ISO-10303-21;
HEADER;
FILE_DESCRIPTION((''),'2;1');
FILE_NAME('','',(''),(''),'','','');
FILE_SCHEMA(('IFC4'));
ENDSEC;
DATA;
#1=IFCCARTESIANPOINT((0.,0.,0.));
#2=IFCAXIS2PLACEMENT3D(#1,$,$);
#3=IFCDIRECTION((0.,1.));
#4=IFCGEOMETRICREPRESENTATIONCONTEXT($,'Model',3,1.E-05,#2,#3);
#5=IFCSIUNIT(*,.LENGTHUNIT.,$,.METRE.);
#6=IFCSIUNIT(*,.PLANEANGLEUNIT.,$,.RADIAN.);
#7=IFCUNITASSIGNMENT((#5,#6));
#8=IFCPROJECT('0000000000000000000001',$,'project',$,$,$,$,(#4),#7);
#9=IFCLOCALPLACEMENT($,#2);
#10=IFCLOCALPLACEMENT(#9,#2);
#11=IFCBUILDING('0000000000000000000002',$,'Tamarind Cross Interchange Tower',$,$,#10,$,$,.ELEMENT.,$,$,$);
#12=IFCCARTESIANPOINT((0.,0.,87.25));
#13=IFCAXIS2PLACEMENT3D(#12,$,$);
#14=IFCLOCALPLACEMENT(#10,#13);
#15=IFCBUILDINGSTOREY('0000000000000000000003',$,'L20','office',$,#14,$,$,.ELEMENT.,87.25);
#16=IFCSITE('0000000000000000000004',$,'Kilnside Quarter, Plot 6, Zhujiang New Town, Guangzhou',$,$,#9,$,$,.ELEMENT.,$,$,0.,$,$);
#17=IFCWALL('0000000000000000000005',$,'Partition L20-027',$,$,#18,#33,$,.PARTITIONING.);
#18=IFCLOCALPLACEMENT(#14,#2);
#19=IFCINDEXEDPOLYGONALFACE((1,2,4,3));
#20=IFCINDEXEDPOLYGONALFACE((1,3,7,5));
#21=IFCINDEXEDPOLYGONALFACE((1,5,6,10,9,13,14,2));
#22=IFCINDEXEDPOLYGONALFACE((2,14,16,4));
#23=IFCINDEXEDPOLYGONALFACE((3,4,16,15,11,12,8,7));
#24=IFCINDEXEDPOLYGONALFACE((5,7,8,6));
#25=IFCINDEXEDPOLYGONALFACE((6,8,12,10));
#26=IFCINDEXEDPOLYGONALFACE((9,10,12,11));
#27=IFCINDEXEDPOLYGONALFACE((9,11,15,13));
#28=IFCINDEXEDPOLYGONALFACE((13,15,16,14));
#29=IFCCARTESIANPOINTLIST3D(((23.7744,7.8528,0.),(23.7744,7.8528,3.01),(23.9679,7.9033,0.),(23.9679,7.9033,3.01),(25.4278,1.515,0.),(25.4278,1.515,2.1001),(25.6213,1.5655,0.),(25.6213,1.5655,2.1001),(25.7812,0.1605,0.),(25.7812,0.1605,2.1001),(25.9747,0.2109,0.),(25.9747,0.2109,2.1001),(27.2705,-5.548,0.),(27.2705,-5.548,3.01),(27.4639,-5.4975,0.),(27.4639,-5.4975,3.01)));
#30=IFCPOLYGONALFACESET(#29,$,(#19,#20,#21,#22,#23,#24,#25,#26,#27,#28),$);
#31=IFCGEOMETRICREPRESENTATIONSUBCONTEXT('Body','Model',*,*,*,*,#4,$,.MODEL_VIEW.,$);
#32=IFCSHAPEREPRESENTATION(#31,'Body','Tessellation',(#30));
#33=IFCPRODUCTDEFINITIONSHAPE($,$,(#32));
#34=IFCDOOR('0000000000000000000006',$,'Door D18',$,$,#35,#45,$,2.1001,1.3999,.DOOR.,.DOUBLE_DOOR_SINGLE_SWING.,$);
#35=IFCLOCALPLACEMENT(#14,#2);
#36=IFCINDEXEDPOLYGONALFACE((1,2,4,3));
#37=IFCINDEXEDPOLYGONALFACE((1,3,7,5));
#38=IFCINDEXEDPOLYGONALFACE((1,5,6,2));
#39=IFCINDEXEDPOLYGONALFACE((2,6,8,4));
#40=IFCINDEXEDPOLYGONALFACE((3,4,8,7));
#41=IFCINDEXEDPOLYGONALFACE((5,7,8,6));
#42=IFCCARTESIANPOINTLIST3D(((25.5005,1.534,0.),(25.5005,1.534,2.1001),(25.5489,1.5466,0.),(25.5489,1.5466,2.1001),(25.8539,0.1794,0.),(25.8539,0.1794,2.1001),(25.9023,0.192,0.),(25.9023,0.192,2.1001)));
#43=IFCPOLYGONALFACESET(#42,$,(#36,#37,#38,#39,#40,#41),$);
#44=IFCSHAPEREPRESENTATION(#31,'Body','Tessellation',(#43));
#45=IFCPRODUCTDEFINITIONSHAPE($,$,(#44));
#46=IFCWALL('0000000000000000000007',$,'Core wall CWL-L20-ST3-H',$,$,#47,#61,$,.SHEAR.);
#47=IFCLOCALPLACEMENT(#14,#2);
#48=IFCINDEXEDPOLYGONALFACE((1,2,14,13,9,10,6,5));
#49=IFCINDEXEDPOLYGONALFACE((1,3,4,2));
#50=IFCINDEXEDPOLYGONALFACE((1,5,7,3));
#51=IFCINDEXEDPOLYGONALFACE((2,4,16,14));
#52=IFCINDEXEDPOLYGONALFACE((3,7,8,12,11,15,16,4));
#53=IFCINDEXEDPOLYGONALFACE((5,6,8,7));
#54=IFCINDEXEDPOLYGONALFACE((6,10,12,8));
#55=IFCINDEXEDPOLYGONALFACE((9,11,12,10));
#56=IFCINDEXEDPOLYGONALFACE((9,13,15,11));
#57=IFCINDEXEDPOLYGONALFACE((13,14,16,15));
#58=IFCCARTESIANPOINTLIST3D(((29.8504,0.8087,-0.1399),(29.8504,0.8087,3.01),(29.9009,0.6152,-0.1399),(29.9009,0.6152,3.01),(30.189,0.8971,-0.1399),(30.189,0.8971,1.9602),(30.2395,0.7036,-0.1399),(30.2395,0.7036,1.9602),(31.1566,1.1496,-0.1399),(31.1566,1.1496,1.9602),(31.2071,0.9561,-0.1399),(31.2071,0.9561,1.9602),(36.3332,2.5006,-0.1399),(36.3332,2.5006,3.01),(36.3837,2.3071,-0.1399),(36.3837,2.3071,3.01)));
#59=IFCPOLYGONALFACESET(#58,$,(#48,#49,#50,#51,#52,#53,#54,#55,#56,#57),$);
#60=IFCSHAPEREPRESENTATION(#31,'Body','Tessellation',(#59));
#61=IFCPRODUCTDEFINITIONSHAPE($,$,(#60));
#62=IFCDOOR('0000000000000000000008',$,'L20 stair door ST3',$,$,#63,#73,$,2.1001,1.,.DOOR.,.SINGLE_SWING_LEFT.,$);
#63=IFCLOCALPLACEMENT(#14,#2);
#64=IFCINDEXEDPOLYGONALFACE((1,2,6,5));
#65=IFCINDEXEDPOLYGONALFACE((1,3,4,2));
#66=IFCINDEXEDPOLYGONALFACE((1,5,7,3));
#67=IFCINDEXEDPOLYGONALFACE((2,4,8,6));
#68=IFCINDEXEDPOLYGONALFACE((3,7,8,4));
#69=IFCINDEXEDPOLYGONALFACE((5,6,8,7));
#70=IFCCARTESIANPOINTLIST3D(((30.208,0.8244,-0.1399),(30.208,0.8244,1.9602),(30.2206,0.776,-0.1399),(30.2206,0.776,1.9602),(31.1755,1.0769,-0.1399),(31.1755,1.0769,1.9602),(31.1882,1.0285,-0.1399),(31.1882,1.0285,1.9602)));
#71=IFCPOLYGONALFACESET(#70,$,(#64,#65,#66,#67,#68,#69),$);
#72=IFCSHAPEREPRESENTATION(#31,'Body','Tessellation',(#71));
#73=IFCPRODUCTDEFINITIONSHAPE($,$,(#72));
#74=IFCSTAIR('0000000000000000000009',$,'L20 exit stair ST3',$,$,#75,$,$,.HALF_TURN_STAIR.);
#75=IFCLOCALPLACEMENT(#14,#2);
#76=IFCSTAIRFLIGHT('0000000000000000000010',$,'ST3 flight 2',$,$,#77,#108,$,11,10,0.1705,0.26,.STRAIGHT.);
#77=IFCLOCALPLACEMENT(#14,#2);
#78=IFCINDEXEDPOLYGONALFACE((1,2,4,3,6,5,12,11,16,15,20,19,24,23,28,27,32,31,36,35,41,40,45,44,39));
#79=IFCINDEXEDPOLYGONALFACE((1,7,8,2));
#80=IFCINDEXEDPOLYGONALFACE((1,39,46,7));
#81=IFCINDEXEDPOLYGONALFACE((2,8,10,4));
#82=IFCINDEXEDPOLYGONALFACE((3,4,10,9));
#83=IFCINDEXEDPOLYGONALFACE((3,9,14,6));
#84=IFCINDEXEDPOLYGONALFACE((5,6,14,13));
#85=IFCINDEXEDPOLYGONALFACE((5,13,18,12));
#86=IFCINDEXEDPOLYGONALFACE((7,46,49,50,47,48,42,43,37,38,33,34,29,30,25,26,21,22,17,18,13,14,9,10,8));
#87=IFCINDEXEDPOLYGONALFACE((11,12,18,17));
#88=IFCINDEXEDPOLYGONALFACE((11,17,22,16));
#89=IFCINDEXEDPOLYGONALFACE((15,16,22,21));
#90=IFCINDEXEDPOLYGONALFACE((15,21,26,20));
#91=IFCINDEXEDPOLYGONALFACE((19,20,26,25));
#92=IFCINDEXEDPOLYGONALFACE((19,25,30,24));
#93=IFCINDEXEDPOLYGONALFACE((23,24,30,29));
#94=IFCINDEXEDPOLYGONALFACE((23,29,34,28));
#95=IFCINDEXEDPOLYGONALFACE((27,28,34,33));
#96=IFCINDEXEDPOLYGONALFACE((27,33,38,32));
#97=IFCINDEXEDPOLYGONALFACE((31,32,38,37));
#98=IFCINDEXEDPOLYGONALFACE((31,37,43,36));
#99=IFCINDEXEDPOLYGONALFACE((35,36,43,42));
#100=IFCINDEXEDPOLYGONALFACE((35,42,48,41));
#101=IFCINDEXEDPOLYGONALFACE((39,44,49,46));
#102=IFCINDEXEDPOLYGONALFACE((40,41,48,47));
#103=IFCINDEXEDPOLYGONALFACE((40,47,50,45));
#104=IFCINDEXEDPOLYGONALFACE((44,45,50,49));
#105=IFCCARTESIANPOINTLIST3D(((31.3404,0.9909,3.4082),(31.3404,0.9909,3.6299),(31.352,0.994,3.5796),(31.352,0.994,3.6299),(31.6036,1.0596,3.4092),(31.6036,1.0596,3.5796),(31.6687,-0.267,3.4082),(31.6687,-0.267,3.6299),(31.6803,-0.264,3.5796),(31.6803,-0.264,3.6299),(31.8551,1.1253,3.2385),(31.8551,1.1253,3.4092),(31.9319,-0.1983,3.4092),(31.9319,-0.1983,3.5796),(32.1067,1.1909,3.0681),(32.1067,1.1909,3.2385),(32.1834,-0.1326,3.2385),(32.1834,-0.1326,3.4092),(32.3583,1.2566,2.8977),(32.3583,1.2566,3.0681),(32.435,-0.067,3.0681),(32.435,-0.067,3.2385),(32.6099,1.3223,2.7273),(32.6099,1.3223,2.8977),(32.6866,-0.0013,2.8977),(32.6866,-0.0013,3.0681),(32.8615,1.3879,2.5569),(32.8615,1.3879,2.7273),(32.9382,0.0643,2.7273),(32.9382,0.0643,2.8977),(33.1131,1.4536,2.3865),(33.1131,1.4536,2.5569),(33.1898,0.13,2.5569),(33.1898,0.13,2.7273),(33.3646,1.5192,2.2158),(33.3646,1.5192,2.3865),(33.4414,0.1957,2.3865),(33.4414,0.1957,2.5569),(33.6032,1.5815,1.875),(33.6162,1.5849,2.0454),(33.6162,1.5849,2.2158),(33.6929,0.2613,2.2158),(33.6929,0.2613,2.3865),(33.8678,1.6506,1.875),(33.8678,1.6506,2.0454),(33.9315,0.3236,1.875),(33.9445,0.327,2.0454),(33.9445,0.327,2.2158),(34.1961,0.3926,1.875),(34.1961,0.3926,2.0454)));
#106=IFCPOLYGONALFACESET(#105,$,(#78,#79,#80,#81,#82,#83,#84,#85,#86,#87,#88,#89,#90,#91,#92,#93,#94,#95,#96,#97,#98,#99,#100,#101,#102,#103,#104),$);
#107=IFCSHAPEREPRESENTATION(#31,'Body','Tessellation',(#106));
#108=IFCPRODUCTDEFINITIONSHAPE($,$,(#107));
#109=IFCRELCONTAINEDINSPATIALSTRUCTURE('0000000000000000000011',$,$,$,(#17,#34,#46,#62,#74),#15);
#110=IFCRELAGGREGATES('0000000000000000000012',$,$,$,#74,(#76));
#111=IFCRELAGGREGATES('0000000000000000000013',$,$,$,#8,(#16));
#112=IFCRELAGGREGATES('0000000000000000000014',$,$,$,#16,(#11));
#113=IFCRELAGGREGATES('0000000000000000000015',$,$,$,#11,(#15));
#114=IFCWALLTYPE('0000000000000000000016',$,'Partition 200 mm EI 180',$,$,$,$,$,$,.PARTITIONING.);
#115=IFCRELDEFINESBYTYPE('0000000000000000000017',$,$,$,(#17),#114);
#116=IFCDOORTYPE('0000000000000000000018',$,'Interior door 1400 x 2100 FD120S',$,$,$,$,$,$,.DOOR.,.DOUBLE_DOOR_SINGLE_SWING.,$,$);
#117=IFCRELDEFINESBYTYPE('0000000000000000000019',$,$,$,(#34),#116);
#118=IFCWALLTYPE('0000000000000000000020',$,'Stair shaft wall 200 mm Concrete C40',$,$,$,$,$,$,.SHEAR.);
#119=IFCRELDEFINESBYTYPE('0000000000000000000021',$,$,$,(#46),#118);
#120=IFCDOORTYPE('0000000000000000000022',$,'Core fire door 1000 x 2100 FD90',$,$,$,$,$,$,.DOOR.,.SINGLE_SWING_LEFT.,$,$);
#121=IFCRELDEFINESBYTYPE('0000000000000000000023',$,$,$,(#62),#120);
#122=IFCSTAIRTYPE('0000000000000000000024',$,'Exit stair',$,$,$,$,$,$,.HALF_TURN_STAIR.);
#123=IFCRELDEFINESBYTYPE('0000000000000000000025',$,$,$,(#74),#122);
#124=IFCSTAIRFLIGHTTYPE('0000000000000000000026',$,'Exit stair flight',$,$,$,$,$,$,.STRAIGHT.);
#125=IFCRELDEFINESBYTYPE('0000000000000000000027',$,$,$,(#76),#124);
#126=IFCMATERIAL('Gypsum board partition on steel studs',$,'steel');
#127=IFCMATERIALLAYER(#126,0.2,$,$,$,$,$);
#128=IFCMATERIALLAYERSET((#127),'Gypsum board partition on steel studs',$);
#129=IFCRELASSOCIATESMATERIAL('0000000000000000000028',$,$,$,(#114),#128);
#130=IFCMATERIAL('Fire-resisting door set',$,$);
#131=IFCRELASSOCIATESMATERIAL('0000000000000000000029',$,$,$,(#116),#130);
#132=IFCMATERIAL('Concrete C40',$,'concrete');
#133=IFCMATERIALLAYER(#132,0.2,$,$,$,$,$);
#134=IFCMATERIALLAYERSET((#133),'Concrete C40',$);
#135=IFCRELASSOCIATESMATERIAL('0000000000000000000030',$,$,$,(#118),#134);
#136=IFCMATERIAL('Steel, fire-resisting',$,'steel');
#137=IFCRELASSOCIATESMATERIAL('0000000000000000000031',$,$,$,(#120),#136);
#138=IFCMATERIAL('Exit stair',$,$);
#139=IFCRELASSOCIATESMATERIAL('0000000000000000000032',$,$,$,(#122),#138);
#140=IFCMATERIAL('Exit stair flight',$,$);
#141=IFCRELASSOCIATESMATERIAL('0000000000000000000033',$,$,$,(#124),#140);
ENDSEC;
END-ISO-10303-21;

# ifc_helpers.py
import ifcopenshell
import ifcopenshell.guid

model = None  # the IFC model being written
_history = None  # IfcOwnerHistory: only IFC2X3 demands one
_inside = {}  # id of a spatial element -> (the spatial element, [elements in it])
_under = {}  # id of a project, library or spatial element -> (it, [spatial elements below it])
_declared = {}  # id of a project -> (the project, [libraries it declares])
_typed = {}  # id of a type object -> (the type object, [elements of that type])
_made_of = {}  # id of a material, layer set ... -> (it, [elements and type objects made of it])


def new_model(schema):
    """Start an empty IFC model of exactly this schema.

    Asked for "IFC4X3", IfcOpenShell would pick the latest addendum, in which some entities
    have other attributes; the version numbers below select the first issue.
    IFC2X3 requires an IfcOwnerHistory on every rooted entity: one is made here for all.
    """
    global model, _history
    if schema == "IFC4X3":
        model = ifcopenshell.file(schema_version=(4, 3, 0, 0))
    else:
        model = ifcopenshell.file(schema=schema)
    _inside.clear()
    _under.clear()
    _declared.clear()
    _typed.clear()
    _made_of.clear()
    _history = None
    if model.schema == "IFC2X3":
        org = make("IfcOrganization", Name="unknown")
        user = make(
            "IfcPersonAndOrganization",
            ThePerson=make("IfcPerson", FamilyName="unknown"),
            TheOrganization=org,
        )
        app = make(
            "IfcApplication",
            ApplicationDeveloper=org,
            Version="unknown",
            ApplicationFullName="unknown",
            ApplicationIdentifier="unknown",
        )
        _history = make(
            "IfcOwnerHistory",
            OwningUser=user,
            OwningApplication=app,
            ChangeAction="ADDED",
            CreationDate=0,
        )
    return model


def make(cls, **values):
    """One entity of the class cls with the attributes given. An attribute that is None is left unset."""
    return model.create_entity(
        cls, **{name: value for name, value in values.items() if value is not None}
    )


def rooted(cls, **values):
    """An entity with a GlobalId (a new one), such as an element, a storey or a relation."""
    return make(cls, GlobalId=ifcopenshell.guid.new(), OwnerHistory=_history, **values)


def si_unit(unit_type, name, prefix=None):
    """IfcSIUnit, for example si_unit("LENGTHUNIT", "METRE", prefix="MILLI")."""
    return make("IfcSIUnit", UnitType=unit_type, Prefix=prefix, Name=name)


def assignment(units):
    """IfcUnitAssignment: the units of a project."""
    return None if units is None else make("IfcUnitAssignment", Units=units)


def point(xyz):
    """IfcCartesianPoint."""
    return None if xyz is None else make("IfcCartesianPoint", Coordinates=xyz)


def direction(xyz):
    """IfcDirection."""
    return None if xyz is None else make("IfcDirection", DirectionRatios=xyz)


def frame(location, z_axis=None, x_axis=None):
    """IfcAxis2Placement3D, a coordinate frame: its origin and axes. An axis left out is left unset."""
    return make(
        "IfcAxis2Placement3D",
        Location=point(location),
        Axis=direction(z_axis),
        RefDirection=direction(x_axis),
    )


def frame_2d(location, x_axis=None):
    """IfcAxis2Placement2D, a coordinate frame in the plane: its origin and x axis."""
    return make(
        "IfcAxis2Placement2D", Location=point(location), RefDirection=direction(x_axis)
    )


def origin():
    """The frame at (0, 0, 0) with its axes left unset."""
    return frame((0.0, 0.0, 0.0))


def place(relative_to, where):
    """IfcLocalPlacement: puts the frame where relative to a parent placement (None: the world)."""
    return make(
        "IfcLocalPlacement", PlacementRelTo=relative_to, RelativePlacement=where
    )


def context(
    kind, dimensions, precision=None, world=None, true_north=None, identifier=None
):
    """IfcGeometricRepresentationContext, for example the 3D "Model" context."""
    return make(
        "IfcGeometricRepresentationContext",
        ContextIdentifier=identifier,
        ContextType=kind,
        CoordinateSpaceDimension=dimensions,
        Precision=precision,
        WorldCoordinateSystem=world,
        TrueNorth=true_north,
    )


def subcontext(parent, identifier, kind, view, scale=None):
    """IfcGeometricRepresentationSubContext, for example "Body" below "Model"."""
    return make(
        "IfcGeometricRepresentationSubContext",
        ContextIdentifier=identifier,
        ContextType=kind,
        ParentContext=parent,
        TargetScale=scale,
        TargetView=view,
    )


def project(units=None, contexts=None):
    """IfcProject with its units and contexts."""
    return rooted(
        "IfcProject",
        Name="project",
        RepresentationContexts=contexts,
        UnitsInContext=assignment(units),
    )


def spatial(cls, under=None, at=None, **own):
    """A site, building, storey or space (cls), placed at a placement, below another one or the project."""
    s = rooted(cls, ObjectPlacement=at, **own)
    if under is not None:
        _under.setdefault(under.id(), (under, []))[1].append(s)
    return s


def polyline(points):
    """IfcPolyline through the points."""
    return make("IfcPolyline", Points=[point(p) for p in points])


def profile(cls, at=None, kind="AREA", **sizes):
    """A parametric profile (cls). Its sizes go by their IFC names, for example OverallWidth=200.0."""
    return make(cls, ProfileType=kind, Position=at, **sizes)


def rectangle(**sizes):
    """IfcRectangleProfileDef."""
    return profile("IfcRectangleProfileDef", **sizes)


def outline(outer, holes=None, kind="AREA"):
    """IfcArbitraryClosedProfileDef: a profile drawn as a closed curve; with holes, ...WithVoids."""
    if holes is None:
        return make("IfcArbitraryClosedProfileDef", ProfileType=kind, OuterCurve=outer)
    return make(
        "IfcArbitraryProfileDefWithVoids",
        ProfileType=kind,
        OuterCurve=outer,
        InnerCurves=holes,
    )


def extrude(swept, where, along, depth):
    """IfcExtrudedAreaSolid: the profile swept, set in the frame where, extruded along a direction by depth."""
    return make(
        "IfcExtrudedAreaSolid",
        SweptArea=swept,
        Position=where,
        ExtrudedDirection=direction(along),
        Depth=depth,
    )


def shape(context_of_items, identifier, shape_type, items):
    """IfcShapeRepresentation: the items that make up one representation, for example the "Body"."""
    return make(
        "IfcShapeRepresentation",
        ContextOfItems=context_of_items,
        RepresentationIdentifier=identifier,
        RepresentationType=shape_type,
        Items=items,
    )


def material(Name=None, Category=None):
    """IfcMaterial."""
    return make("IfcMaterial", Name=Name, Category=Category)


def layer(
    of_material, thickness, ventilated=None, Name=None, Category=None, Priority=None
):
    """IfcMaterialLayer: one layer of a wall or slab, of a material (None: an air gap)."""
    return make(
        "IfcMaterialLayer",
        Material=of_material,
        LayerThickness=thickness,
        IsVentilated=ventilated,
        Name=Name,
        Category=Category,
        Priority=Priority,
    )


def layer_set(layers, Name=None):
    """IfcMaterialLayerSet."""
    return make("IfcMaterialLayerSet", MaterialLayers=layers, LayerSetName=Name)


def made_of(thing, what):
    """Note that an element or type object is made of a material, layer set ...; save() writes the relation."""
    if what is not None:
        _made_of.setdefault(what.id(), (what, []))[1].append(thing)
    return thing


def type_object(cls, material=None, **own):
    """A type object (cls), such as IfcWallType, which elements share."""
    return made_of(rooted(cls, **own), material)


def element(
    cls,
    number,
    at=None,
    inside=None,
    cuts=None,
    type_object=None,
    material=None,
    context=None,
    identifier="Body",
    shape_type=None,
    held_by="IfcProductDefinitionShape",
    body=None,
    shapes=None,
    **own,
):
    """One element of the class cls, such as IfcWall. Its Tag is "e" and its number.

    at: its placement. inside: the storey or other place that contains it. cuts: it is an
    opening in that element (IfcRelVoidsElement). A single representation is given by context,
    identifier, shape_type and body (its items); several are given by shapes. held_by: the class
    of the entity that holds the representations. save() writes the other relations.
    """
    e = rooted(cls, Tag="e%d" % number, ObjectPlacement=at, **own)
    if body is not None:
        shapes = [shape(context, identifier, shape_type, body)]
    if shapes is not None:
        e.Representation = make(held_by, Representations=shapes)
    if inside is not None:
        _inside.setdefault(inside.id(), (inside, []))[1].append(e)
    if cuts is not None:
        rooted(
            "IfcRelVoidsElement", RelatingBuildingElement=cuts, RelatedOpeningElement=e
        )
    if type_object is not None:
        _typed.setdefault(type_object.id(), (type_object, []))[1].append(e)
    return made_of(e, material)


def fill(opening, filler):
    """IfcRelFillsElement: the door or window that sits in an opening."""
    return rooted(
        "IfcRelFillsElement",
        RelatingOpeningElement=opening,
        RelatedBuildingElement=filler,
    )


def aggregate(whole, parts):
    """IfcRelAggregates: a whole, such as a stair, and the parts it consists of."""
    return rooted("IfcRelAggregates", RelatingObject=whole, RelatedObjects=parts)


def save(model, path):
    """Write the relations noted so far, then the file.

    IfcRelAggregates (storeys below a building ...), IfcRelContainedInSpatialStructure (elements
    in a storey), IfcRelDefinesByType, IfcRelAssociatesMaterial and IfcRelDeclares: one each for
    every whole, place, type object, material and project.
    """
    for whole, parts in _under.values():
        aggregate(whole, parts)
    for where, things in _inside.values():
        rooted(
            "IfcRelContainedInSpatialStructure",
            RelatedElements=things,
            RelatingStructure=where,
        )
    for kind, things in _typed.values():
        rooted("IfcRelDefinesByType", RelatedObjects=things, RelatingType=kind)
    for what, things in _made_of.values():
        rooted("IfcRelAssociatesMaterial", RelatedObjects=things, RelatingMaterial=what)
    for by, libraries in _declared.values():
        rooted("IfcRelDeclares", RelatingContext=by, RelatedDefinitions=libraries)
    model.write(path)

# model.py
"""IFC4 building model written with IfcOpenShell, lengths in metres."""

from ifc_helpers import new_model, si_unit, direction, frame, frame_2d, origin, place, context, subcontext, project, spatial, polyline, rectangle, outline, extrude, material, layer, layer_set, type_object, element, fill, aggregate, save


model = new_model("IFC4")

# Units and contexts
model_context = context("Model", 3, precision=1e-05, world=origin(), true_north=direction((0.0, 1.0)))
body_context = subcontext(model_context, "Body", "Model", "MODEL_VIEW")
ifc_project = project(units=[si_unit("LENGTHUNIT", "METRE"), si_unit("PLANEANGLEUNIT", "RADIAN")], contexts=[model_context])

# Site, building, storey
site_placement = place(None, origin())
site = spatial("IfcSite", under=ifc_project, at=site_placement, Name="Kilnside Quarter, Plot 6, Zhujiang New Town, Guangzhou", CompositionType="ELEMENT", RefElevation=0.0)
building_placement = place(site_placement, origin())
building = spatial("IfcBuilding", under=site, at=building_placement, Name="Tamarind Cross Interchange Tower", CompositionType="ELEMENT")
storey_placement = place(building_placement, frame((0.0, 0.0, 87.25)))
storey = spatial("IfcBuildingStorey", under=building, at=storey_placement, Name="L20", Description="office", CompositionType="ELEMENT", Elevation=87.25)

# Shared definitions
ifc_material_1 = material(Name="Gypsum board partition on steel studs", Category="steel")

# Shared definitions
ifc_material_2 = material(Name="Fire-resisting door set")

# Walls, openings, doors
ifc_layer_1 = layer(ifc_material_1, 0.2)
ifc_layer_set_1 = layer_set([ifc_layer_1], Name="Gypsum board partition on steel studs")
wall_type_1 = type_object("IfcWallType", Name="Partition 200 mm EI 180", PredefinedType="PARTITIONING", material=ifc_layer_set_1)
wall_1_placement = place(storey_placement, frame((23.8711, 7.8782, 0.0), z_axis=(0.0, 0.0, 1.0), x_axis=(0.252436, -0.967614, 0.0)))
wall_1 = element("IfcWall", 1, at=wall_1_placement, inside=storey, type_object=wall_type_1, Name="Partition L20-027", PredefinedType="PARTITIONING", context=body_context, shape_type="SweptSolid", body=[
    extrude(rectangle(XDim=13.8494, YDim=0.2, at=frame_2d((6.9248, 0.0))), origin(), (0.0, 0.0, 1.0), 3.01),
])
opening_1_placement = place(wall_1_placement, frame((6.55, 0.0, 0.0)))
opening_1 = element("IfcOpeningElement", 2, at=opening_1_placement, cuts=wall_1, PredefinedType="OPENING", context=body_context, shape_type="SweptSolid", body=[
    extrude(rectangle(XDim=1.3999, YDim=2.1001, at=frame_2d((0.7, 1.05))), frame((0.0, 0.1099, 0.0), z_axis=(0.0, -1.0, 0.0), x_axis=(1.0, 0.0, 0.0)), (0.0, 0.0, 1.0), 0.22),
])
door_type_1 = type_object("IfcDoorType", Name="Interior door 1400 x 2100 FD120S", OperationType="DOUBLE_DOOR_SINGLE_SWING", PredefinedType="DOOR", material=ifc_material_2)
door_1_placement = place(opening_1_placement, frame((1.3999, 0.0, 0.0), z_axis=(0.0, 0.0, 1.0), x_axis=(-1.0, 0.0, 0.0)))
door_1 = element("IfcDoor", 3, at=door_1_placement, inside=storey, type_object=door_type_1, Name="Door D18", OperationType="DOUBLE_DOOR_SINGLE_SWING", OverallHeight=2.1001, OverallWidth=1.3999, PredefinedType="DOOR", context=body_context, shape_type="SweptSolid", body=[
    extrude(rectangle(XDim=1.3999, YDim=2.1001, at=frame_2d((0.7, 1.05))), frame((0.0, 0.0249, 0.0), z_axis=(0.0, -1.0, 0.0), x_axis=(1.0, 0.0, 0.0)), (0.0, 0.0, 1.0), 0.05),
])
fill(opening_1, door_1)
ifc_material_3 = material(Name="Concrete C40", Category="concrete")
ifc_layer_2 = layer(ifc_material_3, 0.2)
ifc_layer_set_2 = layer_set([ifc_layer_2], Name="Concrete C40")
wall_type_2 = type_object("IfcWallType", Name="Stair shaft wall 200 mm Concrete C40", PredefinedType="SHEAR", material=ifc_layer_set_2)
wall_2_placement = place(storey_placement, frame((29.8755, 0.7119, -0.1399), z_axis=(0.0, 0.0, 1.0), x_axis=(0.967592, 0.25252, 0.0)))
wall_2 = element("IfcWall", 4, at=wall_2_placement, inside=storey, type_object=wall_type_2, Name="Core wall CWL-L20-ST3-H", PredefinedType="SHEAR", context=body_context, shape_type="SweptSolid", body=[
    extrude(rectangle(XDim=6.7, YDim=0.2, at=frame_2d((3.3501, 0.0))), origin(), (0.0, 0.0, 1.0), 3.1499),
])
opening_2_placement = place(wall_2_placement, frame((0.3501, 0.0, 0.0)))
opening_2 = element("IfcOpeningElement", 5, at=opening_2_placement, cuts=wall_2, PredefinedType="OPENING", context=body_context, shape_type="SweptSolid", body=[
    extrude(rectangle(XDim=1.0, YDim=2.1001, at=frame_2d((0.5, 1.05))), frame((0.0, 0.1099, 0.0), z_axis=(0.0, -1.0, 0.0), x_axis=(1.0, 0.0, 0.0)), (0.0, 0.0, 1.0), 0.22),
])
ifc_material_4 = material(Name="Steel, fire-resisting", Category="steel")
door_type_2 = type_object("IfcDoorType", Name="Core fire door 1000 x 2100 FD90", OperationType="SINGLE_SWING_LEFT", PredefinedType="DOOR", material=ifc_material_4)
door_2_placement = place(opening_2_placement, origin())
door_2 = element("IfcDoor", 6, at=door_2_placement, inside=storey, type_object=door_type_2, Name="L20 stair door ST3", OperationType="SINGLE_SWING_LEFT", OverallHeight=2.1001, OverallWidth=1.0, PredefinedType="DOOR", context=body_context, shape_type="SweptSolid", body=[
    extrude(rectangle(XDim=1.0, YDim=2.1001, at=frame_2d((0.5, 1.05))), frame((0.0, 0.0249, 0.0), z_axis=(0.0, -1.0, 0.0), x_axis=(1.0, 0.0, 0.0)), (0.0, 0.0, 1.0), 0.05),
])
fill(opening_2, door_2)

# Stair, stair flight
ifc_material_5 = material(Name="Exit stair")
stair_type = type_object("IfcStairType", Name="Exit stair", PredefinedType="HALF_TURN_STAIR", material=ifc_material_5)
stair_placement = place(storey_placement, origin())
stair = element("IfcStair", 7, at=stair_placement, inside=storey, type_object=stair_type, Name="L20 exit stair ST3", PredefinedType="HALF_TURN_STAIR")
ifc_material_6 = material(Name="Exit stair flight")
stair_flight_type = type_object("IfcStairFlightType", Name="Exit stair flight", PredefinedType="STRAIGHT", material=ifc_material_6)
stair_flight_placement = place(storey_placement, frame((34.032, 1.0215, 1.875), z_axis=(0.0, 0.0, 1.0), x_axis=(-0.967589, -0.252529, 0.0)))
stair_flight = element("IfcStairFlight", 8, at=stair_flight_placement, type_object=stair_flight_type, Name="ST3 flight 2", NumberOfRisers=11, NumberOfTreads=10, PredefinedType="STRAIGHT", RiserHeight=0.1705, TreadLength=0.26, context=body_context, shape_type="SweptSolid", body=[
    extrude(outline(polyline([(0.0, 0.0), (0.0, 0.1704), (0.26, 0.1704), (0.26, 0.3408), (0.52, 0.3408), (0.52, 0.5115), (0.78, 0.5115), (0.78, 0.6819), (1.04, 0.6819), (1.04, 0.8523), (1.3, 0.8523), (1.3, 1.0227), (1.5601, 1.0227), (1.5601, 1.1931), (1.8201, 1.1931), (1.8201, 1.3635), (2.0801, 1.3635), (2.0801, 1.5342), (2.3401, 1.5342), (2.3401, 1.7046), (2.6001, 1.7046), (2.6001, 1.7549), (2.6121, 1.7549), (2.6121, 1.5332), (0.2734, 0.0), (0.0, 0.0)])), frame((0.0, 0.6499, 0.0), z_axis=(0.0, -1.0, 0.0), x_axis=(1.0, 0.0, 0.0)), (0.0, 0.0, 1.0), 1.3),
])
aggregate(stair, [stair_flight])

save(model, "model.ifc")
